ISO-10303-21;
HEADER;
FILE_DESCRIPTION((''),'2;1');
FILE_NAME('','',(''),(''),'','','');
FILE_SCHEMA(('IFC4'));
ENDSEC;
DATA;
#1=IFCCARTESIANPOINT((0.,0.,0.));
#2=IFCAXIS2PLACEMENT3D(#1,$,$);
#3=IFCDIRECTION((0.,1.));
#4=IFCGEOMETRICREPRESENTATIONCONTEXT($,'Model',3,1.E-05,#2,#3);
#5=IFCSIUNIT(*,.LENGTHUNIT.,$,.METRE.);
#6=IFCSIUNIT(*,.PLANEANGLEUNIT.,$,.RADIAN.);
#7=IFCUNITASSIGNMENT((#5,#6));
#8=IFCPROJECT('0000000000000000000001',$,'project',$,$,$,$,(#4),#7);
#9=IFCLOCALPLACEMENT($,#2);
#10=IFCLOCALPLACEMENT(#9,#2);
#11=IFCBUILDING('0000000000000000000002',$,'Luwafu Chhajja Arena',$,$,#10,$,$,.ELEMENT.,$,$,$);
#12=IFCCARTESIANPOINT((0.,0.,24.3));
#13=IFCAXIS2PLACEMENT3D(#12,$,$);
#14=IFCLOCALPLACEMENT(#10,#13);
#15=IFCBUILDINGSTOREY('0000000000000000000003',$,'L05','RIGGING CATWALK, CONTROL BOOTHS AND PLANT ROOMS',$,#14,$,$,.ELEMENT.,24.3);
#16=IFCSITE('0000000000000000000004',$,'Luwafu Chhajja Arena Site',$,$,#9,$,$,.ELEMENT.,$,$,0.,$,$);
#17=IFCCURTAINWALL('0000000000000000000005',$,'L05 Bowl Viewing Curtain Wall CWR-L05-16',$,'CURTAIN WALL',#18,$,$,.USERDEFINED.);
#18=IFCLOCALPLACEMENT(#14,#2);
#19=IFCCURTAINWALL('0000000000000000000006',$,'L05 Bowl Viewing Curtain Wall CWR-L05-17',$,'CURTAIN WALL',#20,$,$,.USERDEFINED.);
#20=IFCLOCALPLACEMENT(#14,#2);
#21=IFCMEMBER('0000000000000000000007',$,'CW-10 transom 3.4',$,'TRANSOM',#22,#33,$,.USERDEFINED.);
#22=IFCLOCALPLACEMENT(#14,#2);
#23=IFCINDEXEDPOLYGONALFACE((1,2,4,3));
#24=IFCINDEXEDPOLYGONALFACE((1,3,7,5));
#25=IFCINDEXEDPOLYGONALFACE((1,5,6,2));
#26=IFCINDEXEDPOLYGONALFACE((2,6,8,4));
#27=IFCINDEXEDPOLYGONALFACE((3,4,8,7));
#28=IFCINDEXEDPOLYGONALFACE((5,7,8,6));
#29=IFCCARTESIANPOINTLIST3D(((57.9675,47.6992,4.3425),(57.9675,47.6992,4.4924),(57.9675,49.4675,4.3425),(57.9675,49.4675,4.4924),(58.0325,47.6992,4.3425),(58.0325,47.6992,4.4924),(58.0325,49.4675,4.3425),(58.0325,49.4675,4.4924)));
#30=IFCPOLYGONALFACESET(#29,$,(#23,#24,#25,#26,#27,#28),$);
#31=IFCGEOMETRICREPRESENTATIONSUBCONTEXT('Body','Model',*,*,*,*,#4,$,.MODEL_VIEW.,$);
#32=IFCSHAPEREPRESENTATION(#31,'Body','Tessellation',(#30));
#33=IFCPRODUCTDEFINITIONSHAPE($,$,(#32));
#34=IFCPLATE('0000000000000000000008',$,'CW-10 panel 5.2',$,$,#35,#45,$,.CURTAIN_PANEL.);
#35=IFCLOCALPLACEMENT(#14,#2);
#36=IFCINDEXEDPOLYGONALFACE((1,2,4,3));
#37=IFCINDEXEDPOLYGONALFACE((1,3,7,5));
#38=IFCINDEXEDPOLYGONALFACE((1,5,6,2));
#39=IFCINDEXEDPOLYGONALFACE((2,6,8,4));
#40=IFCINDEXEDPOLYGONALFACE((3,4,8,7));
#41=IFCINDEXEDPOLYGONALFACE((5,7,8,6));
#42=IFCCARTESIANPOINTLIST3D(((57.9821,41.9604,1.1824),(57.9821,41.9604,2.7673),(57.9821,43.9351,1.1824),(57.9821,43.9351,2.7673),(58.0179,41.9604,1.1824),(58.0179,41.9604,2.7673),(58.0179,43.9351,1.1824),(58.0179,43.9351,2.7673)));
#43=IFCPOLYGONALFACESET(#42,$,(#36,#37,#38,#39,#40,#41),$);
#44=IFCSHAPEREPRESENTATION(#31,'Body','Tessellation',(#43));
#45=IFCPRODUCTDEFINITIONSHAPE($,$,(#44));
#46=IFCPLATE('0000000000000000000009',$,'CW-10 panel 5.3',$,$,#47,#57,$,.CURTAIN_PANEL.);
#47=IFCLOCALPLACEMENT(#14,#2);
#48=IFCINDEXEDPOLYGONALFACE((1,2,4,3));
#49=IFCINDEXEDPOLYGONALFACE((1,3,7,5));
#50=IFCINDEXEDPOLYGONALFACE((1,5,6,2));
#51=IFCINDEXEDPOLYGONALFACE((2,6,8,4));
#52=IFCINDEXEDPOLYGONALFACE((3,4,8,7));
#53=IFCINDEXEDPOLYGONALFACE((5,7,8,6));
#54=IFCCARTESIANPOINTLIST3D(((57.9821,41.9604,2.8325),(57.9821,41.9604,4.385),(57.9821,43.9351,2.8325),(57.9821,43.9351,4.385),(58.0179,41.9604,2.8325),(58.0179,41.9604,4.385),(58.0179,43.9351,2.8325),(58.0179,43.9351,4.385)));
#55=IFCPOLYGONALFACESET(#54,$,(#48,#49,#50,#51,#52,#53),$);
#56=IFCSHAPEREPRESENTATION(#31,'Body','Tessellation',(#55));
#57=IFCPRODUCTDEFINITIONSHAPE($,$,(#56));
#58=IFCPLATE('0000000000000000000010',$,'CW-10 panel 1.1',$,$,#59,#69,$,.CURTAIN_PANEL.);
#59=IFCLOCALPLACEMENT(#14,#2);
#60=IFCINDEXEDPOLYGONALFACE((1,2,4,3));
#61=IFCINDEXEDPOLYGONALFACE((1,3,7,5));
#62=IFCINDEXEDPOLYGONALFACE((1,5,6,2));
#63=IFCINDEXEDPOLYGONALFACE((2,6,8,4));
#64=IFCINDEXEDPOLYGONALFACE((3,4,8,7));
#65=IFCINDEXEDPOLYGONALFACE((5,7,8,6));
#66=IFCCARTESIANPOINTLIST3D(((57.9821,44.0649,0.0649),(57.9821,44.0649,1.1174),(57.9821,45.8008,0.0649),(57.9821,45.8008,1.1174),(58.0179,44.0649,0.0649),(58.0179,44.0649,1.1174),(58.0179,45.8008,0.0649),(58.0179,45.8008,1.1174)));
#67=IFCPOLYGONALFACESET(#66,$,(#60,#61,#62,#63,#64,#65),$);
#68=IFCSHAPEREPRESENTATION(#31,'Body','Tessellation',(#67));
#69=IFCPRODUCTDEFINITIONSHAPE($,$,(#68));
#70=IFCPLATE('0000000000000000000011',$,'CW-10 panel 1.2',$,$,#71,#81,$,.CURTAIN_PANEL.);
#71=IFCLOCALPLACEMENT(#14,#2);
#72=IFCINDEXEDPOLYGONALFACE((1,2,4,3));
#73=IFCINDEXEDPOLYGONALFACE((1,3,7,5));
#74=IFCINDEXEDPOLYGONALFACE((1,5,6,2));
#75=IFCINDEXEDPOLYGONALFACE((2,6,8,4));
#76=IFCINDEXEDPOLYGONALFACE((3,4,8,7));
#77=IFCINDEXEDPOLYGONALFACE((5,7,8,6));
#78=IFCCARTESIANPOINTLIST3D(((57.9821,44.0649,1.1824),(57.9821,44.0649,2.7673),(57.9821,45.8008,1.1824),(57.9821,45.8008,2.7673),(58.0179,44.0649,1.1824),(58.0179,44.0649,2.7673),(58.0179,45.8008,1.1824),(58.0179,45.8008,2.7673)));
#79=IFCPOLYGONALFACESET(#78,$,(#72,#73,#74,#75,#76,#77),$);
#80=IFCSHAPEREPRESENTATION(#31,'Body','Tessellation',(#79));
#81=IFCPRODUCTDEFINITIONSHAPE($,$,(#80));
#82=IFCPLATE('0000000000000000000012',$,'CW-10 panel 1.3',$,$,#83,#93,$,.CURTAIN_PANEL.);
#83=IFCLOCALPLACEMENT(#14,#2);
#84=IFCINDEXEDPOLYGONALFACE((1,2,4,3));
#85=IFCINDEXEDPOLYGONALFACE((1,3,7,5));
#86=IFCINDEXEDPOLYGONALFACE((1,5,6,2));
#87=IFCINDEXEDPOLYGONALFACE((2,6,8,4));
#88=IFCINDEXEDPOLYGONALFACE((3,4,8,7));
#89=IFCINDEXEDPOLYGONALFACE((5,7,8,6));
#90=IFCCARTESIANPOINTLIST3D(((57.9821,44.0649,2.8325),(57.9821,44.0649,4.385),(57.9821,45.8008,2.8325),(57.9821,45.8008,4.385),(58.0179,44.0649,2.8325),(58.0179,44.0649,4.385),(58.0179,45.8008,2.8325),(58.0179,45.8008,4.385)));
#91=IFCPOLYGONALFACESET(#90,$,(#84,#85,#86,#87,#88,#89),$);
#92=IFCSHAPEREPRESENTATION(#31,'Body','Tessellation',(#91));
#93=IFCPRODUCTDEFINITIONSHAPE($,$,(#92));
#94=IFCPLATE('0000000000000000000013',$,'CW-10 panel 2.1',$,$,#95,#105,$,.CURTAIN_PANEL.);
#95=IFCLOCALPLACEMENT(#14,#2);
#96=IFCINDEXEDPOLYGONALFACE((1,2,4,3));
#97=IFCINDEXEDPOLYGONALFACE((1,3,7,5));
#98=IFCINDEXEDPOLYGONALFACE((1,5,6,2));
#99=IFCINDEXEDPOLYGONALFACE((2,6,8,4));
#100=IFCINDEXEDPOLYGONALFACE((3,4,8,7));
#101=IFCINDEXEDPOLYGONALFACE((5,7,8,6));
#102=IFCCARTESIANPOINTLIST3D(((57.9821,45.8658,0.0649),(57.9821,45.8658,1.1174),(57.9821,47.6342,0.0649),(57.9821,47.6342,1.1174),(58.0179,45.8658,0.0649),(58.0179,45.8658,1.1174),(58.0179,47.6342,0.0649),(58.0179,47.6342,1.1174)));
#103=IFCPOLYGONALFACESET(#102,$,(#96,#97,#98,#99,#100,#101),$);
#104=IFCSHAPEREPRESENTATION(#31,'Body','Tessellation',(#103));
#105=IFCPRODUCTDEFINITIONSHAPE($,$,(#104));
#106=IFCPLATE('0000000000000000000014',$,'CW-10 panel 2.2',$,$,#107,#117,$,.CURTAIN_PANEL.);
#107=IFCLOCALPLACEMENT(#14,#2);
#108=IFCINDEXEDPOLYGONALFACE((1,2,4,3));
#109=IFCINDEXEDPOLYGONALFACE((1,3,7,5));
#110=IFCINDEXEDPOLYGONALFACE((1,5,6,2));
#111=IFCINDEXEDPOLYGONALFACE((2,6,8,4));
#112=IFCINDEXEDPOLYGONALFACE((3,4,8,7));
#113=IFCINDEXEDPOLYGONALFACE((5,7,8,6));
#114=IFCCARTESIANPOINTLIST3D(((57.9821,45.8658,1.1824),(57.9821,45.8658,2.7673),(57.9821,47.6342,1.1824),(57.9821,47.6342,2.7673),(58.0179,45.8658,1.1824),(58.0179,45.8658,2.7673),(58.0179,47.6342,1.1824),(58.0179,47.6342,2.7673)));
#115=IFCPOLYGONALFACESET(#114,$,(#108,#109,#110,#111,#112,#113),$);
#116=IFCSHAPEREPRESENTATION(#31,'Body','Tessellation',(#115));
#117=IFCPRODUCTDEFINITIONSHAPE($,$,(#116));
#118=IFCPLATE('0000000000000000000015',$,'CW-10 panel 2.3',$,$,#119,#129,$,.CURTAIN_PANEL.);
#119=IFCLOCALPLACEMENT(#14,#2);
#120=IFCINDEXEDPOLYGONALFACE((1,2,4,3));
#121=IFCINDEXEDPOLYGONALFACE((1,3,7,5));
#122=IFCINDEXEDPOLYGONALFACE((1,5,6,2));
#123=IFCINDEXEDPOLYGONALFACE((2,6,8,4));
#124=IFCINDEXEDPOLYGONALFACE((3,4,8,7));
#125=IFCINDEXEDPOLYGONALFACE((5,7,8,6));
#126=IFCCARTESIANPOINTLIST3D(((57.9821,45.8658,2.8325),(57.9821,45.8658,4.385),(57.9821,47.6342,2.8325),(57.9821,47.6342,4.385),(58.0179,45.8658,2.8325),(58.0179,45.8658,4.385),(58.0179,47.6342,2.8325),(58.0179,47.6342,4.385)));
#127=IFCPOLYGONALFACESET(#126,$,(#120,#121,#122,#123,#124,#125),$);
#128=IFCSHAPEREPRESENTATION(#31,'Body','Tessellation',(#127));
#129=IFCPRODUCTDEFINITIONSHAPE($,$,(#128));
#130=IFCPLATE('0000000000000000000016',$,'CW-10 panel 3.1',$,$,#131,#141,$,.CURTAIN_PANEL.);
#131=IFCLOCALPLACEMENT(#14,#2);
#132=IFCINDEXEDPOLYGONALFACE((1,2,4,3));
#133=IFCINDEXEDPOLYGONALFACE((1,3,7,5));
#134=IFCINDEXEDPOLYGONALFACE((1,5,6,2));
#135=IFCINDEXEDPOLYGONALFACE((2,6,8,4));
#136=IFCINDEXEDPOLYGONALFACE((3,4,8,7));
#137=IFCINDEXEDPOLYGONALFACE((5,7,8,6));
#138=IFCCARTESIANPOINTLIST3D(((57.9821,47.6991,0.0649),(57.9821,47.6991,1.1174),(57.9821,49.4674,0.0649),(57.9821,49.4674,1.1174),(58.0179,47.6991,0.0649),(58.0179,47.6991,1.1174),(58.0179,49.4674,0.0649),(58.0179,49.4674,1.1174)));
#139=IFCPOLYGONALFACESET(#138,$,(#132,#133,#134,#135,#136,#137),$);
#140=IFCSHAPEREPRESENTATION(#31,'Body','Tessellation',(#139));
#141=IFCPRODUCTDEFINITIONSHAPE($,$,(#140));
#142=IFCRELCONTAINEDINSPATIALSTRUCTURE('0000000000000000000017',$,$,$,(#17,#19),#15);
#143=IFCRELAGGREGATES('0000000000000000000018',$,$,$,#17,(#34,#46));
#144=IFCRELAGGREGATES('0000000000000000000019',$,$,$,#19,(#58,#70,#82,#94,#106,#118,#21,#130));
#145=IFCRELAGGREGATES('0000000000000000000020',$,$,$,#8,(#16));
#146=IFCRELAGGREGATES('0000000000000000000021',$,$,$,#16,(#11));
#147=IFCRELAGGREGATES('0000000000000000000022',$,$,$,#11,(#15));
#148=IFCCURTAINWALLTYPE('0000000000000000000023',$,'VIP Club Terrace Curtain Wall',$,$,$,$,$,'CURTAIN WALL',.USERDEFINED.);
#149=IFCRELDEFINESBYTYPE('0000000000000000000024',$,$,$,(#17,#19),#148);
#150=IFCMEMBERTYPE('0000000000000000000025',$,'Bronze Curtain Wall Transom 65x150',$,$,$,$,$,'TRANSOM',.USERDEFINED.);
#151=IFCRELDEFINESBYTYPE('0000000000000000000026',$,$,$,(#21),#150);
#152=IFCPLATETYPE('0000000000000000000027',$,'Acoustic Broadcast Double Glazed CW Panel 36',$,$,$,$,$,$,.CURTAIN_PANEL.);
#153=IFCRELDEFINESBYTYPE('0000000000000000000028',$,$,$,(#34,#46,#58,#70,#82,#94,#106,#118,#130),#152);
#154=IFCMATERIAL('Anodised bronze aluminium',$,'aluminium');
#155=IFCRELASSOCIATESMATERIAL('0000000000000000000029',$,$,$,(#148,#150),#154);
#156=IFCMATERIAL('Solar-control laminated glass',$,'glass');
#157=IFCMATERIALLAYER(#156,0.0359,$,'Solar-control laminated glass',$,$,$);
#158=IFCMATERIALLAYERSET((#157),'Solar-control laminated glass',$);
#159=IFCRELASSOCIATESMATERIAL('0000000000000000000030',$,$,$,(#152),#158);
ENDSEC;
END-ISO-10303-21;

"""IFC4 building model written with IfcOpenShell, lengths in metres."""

from ifc_helpers import new_model, si_unit, direction, frame, origin, origin_2d, place, context, subcontext, project, spatial, rectangle, extrude, material, layer, layer_set, material_profile, profile_set, type_object, element, aggregate, save


model = new_model("IFC4")

# Units and contexts
model_context = context("Model", 3, precision=1e-05, world=origin(), true_north=direction((0.0, 1.0)))
body_context = subcontext(model_context, "Body", "Model", "MODEL_VIEW")
ifc_project = project(units=[si_unit("LENGTHUNIT", "METRE"), si_unit("PLANEANGLEUNIT", "RADIAN")], contexts=[model_context])

# Site, building, storey
site_placement = place(None, origin())
site = spatial("IfcSite", under=ifc_project, at=site_placement, Name="Luwafu Chhajja Arena Site", CompositionType="ELEMENT", RefElevation=0.0)
building_placement = place(site_placement, origin())
building = spatial("IfcBuilding", under=site, at=building_placement, Name="Luwafu Chhajja Arena", CompositionType="ELEMENT")
storey_placement = place(building_placement, frame((0.0, 0.0, 24.3)))
storey = spatial("IfcBuildingStorey", under=building, at=storey_placement, Name="L05", Description="RIGGING CATWALK, CONTROL BOOTHS AND PLANT ROOMS", CompositionType="ELEMENT", Elevation=24.3)

# Curtain wall
ifc_material_1 = material(Name="Anodised bronze aluminium", Category="aluminium")
curtain_wall_type = type_object("IfcCurtainWallType", Name="VIP Club Terrace Curtain Wall", ElementType="CURTAIN WALL", PredefinedType="USERDEFINED", material=ifc_material_1)
curtain_wall_1_placement = place(storey_placement, origin())
curtain_wall_1 = element("IfcCurtainWall", 1, at=curtain_wall_1_placement, inside=storey, type_object=curtain_wall_type, Name="L05 Bowl Viewing Curtain Wall CWR-L05-16", ObjectType="CURTAIN WALL", PredefinedType="USERDEFINED")

# Curtain wall, member
curtain_wall_2_placement = place(storey_placement, origin())
curtain_wall_2 = element("IfcCurtainWall", 2, at=curtain_wall_2_placement, inside=storey, type_object=curtain_wall_type, Name="L05 Bowl Viewing Curtain Wall CWR-L05-17", ObjectType="CURTAIN WALL", PredefinedType="USERDEFINED")
ifc_material_profile_1 = material_profile(ifc_material_1, rectangle(XDim=0.0649, YDim=0.1499, at=origin_2d()), Name="CWT 65x150")
ifc_profile_set_1 = profile_set([ifc_material_profile_1], Name="Anodised bronze aluminium")
member_type_1 = type_object("IfcMemberType", Name="Bronze Curtain Wall Transom 65x150", ElementType="TRANSOM", PredefinedType="USERDEFINED", material=ifc_profile_set_1)
member_1_placement = place(storey_placement, frame((58.0, 47.6992, 4.4175), z_axis=(0.0, 1.0, 0.0), x_axis=(-1.0, 0.0, 0.0)))
member_1 = element("IfcMember", 3, at=member_1_placement, type_object=member_type_1, Name="CW-10 transom 3.4", ObjectType="TRANSOM", PredefinedType="USERDEFINED", context=body_context, shape_type="SweptSolid", body=[
    extrude(rectangle(XDim=0.0649, YDim=0.1499, at=origin_2d()), origin(), (0.0, 0.0, 1.0), 1.7683),
])

# Plates
ifc_material_2 = material(Name="Solar-control laminated glass", Category="glass")
ifc_layer = layer(ifc_material_2, 0.0359, Name="Solar-control laminated glass")
ifc_layer_set = layer_set([ifc_layer], Name="Solar-control laminated glass")
plate_type = type_object("IfcPlateType", Name="Acoustic Broadcast Double Glazed CW Panel 36", PredefinedType="CURTAIN_PANEL", material=ifc_layer_set)
plate_1_placement = place(storey_placement, frame((58.0, 42.9478, 1.1824), z_axis=(0.0, 0.0, 1.0), x_axis=(0.0, 1.0, 0.0)))
plate_1 = element("IfcPlate", 4, at=plate_1_placement, type_object=plate_type, Name="CW-10 panel 5.2", PredefinedType="CURTAIN_PANEL", context=body_context, shape_type="SweptSolid", body=[
    extrude(rectangle(XDim=1.9746, YDim=0.0359, at=origin_2d()), origin(), (0.0, 0.0, 1.0), 1.585),
])
plate_2_placement = place(storey_placement, frame((58.0, 42.9478, 2.8325), z_axis=(0.0, 0.0, 1.0), x_axis=(0.0, 1.0, 0.0)))
plate_2 = element("IfcPlate", 5, at=plate_2_placement, type_object=plate_type, Name="CW-10 panel 5.3", PredefinedType="CURTAIN_PANEL", context=body_context, shape_type="SweptSolid", body=[
    extrude(rectangle(XDim=1.9746, YDim=0.0359, at=origin_2d()), origin(), (0.0, 0.0, 1.0), 1.5525),
])
aggregate(curtain_wall_1, [plate_1, plate_2])
plate_3_placement = place(storey_placement, frame((58.0, 44.9329, 0.0649), z_axis=(0.0, 0.0, 1.0), x_axis=(0.0, 1.0, 0.0)))
plate_3 = element("IfcPlate", 6, at=plate_3_placement, type_object=plate_type, Name="CW-10 panel 1.1", PredefinedType="CURTAIN_PANEL", context=body_context, shape_type="SweptSolid", body=[
    extrude(rectangle(XDim=1.7358, YDim=0.0359, at=origin_2d()), origin(), (0.0, 0.0, 1.0), 1.0525),
])
plate_4_placement = place(storey_placement, frame((58.0, 44.9329, 1.1824), z_axis=(0.0, 0.0, 1.0), x_axis=(0.0, 1.0, 0.0)))
plate_4 = element("IfcPlate", 7, at=plate_4_placement, type_object=plate_type, Name="CW-10 panel 1.2", PredefinedType="CURTAIN_PANEL", context=body_context, shape_type="SweptSolid", body=[
    extrude(rectangle(XDim=1.7358, YDim=0.0359, at=origin_2d()), origin(), (0.0, 0.0, 1.0), 1.585),
])
plate_5_placement = place(storey_placement, frame((58.0, 44.9329, 2.8325), z_axis=(0.0, 0.0, 1.0), x_axis=(0.0, 1.0, 0.0)))
plate_5 = element("IfcPlate", 8, at=plate_5_placement, type_object=plate_type, Name="CW-10 panel 1.3", PredefinedType="CURTAIN_PANEL", context=body_context, shape_type="SweptSolid", body=[
    extrude(rectangle(XDim=1.7358, YDim=0.0359, at=origin_2d()), origin(), (0.0, 0.0, 1.0), 1.5525),
])
plate_6_placement = place(storey_placement, frame((58.0, 46.75, 0.0649), z_axis=(0.0, 0.0, 1.0), x_axis=(0.0, 1.0, 0.0)))
plate_6 = element("IfcPlate", 9, at=plate_6_placement, type_object=plate_type, Name="CW-10 panel 2.1", PredefinedType="CURTAIN_PANEL", context=body_context, shape_type="SweptSolid", body=[
    extrude(rectangle(XDim=1.7683, YDim=0.0359, at=origin_2d()), origin(), (0.0, 0.0, 1.0), 1.0525),
])
plate_7_placement = place(storey_placement, frame((58.0, 46.75, 1.1824), z_axis=(0.0, 0.0, 1.0), x_axis=(0.0, 1.0, 0.0)))
plate_7 = element("IfcPlate", 10, at=plate_7_placement, type_object=plate_type, Name="CW-10 panel 2.2", PredefinedType="CURTAIN_PANEL", context=body_context, shape_type="SweptSolid", body=[
    extrude(rectangle(XDim=1.7683, YDim=0.0359, at=origin_2d()), origin(), (0.0, 0.0, 1.0), 1.585),
])
plate_8_placement = place(storey_placement, frame((58.0, 46.75, 2.8325), z_axis=(0.0, 0.0, 1.0), x_axis=(0.0, 1.0, 0.0)))
plate_8 = element("IfcPlate", 11, at=plate_8_placement, type_object=plate_type, Name="CW-10 panel 2.3", PredefinedType="CURTAIN_PANEL", context=body_context, shape_type="SweptSolid", body=[
    extrude(rectangle(XDim=1.7683, YDim=0.0359, at=origin_2d()), origin(), (0.0, 0.0, 1.0), 1.5525),
])
plate_9_placement = place(storey_placement, frame((58.0, 48.5833, 0.0649), z_axis=(0.0, 0.0, 1.0), x_axis=(0.0, 1.0, 0.0)))
plate_9 = element("IfcPlate", 12, at=plate_9_placement, type_object=plate_type, Name="CW-10 panel 3.1", PredefinedType="CURTAIN_PANEL", context=body_context, shape_type="SweptSolid", body=[
    extrude(rectangle(XDim=1.7683, YDim=0.0359, at=origin_2d()), origin(), (0.0, 0.0, 1.0), 1.0525),
])
aggregate(curtain_wall_2, [plate_3, plate_4, plate_5, plate_6, plate_7, plate_8, member_1, plate_9])

save(model, "model.ifc")
